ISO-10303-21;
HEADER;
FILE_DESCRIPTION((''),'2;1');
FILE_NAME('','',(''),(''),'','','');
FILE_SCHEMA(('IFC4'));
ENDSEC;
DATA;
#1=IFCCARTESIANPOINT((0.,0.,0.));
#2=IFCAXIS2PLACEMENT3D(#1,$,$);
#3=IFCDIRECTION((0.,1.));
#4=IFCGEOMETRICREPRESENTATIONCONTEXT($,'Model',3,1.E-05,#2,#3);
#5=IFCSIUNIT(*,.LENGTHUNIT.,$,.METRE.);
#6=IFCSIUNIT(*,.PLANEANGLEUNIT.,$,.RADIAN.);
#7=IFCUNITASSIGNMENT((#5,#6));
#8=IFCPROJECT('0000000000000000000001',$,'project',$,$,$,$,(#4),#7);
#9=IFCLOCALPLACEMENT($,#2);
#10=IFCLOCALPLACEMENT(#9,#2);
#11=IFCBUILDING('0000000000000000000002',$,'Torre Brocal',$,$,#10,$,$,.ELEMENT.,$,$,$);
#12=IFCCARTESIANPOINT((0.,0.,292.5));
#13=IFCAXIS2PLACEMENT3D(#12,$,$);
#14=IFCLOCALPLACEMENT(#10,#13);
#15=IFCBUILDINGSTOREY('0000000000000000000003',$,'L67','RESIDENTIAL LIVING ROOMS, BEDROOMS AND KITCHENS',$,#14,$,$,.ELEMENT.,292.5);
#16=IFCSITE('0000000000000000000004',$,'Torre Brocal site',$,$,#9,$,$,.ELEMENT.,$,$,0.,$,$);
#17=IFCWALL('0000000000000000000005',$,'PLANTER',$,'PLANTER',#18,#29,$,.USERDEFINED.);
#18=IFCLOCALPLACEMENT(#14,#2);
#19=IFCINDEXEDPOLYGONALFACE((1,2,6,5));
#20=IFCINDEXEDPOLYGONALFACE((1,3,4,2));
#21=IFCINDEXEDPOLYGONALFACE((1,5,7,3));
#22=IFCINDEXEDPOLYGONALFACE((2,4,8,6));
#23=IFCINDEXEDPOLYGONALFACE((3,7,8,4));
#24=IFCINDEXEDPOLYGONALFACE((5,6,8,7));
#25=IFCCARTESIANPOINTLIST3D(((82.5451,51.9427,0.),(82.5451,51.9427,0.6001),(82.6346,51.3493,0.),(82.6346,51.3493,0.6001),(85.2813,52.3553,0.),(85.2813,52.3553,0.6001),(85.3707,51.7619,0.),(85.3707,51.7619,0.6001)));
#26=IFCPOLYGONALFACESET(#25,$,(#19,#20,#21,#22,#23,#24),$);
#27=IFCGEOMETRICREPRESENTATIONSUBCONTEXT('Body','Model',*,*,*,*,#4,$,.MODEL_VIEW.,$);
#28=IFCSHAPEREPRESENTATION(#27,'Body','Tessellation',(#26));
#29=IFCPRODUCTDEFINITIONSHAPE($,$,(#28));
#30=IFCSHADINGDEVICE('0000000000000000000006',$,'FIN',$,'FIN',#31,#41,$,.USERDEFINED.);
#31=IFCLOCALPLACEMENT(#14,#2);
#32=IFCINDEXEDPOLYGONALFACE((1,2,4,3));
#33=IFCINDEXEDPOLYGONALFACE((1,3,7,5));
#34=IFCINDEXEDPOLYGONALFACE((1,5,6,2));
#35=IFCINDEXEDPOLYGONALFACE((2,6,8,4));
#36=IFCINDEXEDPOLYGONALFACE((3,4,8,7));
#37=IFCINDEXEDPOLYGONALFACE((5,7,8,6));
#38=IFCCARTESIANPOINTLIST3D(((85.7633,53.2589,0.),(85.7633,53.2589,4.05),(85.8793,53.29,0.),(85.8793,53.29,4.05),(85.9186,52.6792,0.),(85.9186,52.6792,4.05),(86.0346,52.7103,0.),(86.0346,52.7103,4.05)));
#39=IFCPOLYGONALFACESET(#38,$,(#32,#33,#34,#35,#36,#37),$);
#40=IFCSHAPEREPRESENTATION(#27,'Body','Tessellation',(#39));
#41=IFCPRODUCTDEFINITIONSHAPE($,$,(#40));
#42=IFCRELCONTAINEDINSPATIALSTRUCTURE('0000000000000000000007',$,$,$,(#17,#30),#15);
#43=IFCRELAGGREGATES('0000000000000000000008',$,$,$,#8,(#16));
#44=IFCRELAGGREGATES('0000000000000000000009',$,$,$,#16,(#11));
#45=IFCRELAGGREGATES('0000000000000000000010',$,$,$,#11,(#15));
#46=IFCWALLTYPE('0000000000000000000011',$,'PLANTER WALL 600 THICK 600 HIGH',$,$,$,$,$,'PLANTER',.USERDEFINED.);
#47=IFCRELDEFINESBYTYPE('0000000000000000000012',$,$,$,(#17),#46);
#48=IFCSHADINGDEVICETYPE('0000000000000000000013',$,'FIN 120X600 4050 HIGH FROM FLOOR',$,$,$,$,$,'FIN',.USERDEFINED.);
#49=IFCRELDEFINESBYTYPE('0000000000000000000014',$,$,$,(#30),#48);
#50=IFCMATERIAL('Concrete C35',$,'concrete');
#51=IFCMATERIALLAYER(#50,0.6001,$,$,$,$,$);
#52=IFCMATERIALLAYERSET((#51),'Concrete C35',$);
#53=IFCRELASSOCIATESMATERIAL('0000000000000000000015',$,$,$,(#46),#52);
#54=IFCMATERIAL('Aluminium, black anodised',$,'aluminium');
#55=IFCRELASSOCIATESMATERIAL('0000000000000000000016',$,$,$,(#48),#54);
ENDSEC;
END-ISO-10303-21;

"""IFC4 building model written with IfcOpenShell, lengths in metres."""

from ifc_helpers import new_model, si_unit, direction, frame, frame_2d, origin, origin_2d, place, context, subcontext, project, spatial, rectangle, extrude, material, layer, layer_set, material_profile, profile_set, type_object, element, save


model = new_model("IFC4")

# Units and contexts
model_context = context("Model", 3, precision=1e-05, world=origin(), true_north=direction((0.0, 1.0)))
body_context = subcontext(model_context, "Body", "Model", "MODEL_VIEW")
ifc_project = project(units=[si_unit("LENGTHUNIT", "METRE"), si_unit("PLANEANGLEUNIT", "RADIAN")], contexts=[model_context])

# Site, building, storey
site_placement = place(None, origin())
site = spatial("IfcSite", under=ifc_project, at=site_placement, Name="Torre Brocal site", CompositionType="ELEMENT", RefElevation=0.0)
building_placement = place(site_placement, origin())
building = spatial("IfcBuilding", under=site, at=building_placement, Name="Torre Brocal", CompositionType="ELEMENT")
storey_placement = place(building_placement, frame((0.0, 0.0, 292.5)))
storey = spatial("IfcBuildingStorey", under=building, at=storey_placement, Name="L67", Description="RESIDENTIAL LIVING ROOMS, BEDROOMS AND KITCHENS", CompositionType="ELEMENT", Elevation=292.5)

# Wall
ifc_material_1 = material(Name="Concrete C35", Category="concrete")
ifc_layer_1 = layer(ifc_material_1, 0.6001)
ifc_layer_set_1 = layer_set([ifc_layer_1], Name="Concrete C35")
wall_type_1 = type_object("IfcWallType", Name="PLANTER WALL 600 THICK 600 HIGH", ElementType="PLANTER", PredefinedType="USERDEFINED", material=ifc_layer_set_1)
wall_1_placement = place(storey_placement, frame((82.5898, 51.646, 0.0), z_axis=(0.0, 0.0, 1.0), x_axis=(0.98882, 0.149113, 0.0)))
element("IfcWall", 1, at=wall_1_placement, inside=storey, type_object=wall_type_1, Name="PLANTER", ObjectType="PLANTER", PredefinedType="USERDEFINED", context=body_context, shape_type="SweptSolid", body=[
    extrude(rectangle(XDim=2.7671, YDim=0.6001, at=frame_2d((1.3835, 0.0))), origin(), (0.0, 0.0, 1.0), 0.6001),
])

# Shading device
ifc_material_2 = material(Name="Aluminium, black anodised", Category="aluminium")
ifc_material_profile_1 = material_profile(ifc_material_2, rectangle(XDim=0.1201, YDim=0.6001, at=origin_2d()), Name="FIN 120X600 4050 HIGH FROM FLOOR")
ifc_profile_set_1 = profile_set([ifc_material_profile_1], Name="Aluminium, black anodised")
shading_device_type = type_object("IfcShadingDeviceType", Name="FIN 120X600 4050 HIGH FROM FLOOR", ElementType="FIN", PredefinedType="USERDEFINED", material=ifc_profile_set_1)
shading_device_placement = place(storey_placement, frame((85.8989, 52.9846, 0.0), z_axis=(0.0, 0.0, 1.0), x_axis=(0.965926, 0.258819, 0.0)))
element("IfcShadingDevice", 2, at=shading_device_placement, inside=storey, type_object=shading_device_type, Name="FIN", ObjectType="FIN", PredefinedType="USERDEFINED", context=body_context, shape_type="SweptSolid", body=[
    extrude(rectangle(XDim=0.1201, YDim=0.6001, at=origin_2d()), origin(), (0.0, 0.0, 1.0), 4.05),
])

save(model, "model.ifc")
